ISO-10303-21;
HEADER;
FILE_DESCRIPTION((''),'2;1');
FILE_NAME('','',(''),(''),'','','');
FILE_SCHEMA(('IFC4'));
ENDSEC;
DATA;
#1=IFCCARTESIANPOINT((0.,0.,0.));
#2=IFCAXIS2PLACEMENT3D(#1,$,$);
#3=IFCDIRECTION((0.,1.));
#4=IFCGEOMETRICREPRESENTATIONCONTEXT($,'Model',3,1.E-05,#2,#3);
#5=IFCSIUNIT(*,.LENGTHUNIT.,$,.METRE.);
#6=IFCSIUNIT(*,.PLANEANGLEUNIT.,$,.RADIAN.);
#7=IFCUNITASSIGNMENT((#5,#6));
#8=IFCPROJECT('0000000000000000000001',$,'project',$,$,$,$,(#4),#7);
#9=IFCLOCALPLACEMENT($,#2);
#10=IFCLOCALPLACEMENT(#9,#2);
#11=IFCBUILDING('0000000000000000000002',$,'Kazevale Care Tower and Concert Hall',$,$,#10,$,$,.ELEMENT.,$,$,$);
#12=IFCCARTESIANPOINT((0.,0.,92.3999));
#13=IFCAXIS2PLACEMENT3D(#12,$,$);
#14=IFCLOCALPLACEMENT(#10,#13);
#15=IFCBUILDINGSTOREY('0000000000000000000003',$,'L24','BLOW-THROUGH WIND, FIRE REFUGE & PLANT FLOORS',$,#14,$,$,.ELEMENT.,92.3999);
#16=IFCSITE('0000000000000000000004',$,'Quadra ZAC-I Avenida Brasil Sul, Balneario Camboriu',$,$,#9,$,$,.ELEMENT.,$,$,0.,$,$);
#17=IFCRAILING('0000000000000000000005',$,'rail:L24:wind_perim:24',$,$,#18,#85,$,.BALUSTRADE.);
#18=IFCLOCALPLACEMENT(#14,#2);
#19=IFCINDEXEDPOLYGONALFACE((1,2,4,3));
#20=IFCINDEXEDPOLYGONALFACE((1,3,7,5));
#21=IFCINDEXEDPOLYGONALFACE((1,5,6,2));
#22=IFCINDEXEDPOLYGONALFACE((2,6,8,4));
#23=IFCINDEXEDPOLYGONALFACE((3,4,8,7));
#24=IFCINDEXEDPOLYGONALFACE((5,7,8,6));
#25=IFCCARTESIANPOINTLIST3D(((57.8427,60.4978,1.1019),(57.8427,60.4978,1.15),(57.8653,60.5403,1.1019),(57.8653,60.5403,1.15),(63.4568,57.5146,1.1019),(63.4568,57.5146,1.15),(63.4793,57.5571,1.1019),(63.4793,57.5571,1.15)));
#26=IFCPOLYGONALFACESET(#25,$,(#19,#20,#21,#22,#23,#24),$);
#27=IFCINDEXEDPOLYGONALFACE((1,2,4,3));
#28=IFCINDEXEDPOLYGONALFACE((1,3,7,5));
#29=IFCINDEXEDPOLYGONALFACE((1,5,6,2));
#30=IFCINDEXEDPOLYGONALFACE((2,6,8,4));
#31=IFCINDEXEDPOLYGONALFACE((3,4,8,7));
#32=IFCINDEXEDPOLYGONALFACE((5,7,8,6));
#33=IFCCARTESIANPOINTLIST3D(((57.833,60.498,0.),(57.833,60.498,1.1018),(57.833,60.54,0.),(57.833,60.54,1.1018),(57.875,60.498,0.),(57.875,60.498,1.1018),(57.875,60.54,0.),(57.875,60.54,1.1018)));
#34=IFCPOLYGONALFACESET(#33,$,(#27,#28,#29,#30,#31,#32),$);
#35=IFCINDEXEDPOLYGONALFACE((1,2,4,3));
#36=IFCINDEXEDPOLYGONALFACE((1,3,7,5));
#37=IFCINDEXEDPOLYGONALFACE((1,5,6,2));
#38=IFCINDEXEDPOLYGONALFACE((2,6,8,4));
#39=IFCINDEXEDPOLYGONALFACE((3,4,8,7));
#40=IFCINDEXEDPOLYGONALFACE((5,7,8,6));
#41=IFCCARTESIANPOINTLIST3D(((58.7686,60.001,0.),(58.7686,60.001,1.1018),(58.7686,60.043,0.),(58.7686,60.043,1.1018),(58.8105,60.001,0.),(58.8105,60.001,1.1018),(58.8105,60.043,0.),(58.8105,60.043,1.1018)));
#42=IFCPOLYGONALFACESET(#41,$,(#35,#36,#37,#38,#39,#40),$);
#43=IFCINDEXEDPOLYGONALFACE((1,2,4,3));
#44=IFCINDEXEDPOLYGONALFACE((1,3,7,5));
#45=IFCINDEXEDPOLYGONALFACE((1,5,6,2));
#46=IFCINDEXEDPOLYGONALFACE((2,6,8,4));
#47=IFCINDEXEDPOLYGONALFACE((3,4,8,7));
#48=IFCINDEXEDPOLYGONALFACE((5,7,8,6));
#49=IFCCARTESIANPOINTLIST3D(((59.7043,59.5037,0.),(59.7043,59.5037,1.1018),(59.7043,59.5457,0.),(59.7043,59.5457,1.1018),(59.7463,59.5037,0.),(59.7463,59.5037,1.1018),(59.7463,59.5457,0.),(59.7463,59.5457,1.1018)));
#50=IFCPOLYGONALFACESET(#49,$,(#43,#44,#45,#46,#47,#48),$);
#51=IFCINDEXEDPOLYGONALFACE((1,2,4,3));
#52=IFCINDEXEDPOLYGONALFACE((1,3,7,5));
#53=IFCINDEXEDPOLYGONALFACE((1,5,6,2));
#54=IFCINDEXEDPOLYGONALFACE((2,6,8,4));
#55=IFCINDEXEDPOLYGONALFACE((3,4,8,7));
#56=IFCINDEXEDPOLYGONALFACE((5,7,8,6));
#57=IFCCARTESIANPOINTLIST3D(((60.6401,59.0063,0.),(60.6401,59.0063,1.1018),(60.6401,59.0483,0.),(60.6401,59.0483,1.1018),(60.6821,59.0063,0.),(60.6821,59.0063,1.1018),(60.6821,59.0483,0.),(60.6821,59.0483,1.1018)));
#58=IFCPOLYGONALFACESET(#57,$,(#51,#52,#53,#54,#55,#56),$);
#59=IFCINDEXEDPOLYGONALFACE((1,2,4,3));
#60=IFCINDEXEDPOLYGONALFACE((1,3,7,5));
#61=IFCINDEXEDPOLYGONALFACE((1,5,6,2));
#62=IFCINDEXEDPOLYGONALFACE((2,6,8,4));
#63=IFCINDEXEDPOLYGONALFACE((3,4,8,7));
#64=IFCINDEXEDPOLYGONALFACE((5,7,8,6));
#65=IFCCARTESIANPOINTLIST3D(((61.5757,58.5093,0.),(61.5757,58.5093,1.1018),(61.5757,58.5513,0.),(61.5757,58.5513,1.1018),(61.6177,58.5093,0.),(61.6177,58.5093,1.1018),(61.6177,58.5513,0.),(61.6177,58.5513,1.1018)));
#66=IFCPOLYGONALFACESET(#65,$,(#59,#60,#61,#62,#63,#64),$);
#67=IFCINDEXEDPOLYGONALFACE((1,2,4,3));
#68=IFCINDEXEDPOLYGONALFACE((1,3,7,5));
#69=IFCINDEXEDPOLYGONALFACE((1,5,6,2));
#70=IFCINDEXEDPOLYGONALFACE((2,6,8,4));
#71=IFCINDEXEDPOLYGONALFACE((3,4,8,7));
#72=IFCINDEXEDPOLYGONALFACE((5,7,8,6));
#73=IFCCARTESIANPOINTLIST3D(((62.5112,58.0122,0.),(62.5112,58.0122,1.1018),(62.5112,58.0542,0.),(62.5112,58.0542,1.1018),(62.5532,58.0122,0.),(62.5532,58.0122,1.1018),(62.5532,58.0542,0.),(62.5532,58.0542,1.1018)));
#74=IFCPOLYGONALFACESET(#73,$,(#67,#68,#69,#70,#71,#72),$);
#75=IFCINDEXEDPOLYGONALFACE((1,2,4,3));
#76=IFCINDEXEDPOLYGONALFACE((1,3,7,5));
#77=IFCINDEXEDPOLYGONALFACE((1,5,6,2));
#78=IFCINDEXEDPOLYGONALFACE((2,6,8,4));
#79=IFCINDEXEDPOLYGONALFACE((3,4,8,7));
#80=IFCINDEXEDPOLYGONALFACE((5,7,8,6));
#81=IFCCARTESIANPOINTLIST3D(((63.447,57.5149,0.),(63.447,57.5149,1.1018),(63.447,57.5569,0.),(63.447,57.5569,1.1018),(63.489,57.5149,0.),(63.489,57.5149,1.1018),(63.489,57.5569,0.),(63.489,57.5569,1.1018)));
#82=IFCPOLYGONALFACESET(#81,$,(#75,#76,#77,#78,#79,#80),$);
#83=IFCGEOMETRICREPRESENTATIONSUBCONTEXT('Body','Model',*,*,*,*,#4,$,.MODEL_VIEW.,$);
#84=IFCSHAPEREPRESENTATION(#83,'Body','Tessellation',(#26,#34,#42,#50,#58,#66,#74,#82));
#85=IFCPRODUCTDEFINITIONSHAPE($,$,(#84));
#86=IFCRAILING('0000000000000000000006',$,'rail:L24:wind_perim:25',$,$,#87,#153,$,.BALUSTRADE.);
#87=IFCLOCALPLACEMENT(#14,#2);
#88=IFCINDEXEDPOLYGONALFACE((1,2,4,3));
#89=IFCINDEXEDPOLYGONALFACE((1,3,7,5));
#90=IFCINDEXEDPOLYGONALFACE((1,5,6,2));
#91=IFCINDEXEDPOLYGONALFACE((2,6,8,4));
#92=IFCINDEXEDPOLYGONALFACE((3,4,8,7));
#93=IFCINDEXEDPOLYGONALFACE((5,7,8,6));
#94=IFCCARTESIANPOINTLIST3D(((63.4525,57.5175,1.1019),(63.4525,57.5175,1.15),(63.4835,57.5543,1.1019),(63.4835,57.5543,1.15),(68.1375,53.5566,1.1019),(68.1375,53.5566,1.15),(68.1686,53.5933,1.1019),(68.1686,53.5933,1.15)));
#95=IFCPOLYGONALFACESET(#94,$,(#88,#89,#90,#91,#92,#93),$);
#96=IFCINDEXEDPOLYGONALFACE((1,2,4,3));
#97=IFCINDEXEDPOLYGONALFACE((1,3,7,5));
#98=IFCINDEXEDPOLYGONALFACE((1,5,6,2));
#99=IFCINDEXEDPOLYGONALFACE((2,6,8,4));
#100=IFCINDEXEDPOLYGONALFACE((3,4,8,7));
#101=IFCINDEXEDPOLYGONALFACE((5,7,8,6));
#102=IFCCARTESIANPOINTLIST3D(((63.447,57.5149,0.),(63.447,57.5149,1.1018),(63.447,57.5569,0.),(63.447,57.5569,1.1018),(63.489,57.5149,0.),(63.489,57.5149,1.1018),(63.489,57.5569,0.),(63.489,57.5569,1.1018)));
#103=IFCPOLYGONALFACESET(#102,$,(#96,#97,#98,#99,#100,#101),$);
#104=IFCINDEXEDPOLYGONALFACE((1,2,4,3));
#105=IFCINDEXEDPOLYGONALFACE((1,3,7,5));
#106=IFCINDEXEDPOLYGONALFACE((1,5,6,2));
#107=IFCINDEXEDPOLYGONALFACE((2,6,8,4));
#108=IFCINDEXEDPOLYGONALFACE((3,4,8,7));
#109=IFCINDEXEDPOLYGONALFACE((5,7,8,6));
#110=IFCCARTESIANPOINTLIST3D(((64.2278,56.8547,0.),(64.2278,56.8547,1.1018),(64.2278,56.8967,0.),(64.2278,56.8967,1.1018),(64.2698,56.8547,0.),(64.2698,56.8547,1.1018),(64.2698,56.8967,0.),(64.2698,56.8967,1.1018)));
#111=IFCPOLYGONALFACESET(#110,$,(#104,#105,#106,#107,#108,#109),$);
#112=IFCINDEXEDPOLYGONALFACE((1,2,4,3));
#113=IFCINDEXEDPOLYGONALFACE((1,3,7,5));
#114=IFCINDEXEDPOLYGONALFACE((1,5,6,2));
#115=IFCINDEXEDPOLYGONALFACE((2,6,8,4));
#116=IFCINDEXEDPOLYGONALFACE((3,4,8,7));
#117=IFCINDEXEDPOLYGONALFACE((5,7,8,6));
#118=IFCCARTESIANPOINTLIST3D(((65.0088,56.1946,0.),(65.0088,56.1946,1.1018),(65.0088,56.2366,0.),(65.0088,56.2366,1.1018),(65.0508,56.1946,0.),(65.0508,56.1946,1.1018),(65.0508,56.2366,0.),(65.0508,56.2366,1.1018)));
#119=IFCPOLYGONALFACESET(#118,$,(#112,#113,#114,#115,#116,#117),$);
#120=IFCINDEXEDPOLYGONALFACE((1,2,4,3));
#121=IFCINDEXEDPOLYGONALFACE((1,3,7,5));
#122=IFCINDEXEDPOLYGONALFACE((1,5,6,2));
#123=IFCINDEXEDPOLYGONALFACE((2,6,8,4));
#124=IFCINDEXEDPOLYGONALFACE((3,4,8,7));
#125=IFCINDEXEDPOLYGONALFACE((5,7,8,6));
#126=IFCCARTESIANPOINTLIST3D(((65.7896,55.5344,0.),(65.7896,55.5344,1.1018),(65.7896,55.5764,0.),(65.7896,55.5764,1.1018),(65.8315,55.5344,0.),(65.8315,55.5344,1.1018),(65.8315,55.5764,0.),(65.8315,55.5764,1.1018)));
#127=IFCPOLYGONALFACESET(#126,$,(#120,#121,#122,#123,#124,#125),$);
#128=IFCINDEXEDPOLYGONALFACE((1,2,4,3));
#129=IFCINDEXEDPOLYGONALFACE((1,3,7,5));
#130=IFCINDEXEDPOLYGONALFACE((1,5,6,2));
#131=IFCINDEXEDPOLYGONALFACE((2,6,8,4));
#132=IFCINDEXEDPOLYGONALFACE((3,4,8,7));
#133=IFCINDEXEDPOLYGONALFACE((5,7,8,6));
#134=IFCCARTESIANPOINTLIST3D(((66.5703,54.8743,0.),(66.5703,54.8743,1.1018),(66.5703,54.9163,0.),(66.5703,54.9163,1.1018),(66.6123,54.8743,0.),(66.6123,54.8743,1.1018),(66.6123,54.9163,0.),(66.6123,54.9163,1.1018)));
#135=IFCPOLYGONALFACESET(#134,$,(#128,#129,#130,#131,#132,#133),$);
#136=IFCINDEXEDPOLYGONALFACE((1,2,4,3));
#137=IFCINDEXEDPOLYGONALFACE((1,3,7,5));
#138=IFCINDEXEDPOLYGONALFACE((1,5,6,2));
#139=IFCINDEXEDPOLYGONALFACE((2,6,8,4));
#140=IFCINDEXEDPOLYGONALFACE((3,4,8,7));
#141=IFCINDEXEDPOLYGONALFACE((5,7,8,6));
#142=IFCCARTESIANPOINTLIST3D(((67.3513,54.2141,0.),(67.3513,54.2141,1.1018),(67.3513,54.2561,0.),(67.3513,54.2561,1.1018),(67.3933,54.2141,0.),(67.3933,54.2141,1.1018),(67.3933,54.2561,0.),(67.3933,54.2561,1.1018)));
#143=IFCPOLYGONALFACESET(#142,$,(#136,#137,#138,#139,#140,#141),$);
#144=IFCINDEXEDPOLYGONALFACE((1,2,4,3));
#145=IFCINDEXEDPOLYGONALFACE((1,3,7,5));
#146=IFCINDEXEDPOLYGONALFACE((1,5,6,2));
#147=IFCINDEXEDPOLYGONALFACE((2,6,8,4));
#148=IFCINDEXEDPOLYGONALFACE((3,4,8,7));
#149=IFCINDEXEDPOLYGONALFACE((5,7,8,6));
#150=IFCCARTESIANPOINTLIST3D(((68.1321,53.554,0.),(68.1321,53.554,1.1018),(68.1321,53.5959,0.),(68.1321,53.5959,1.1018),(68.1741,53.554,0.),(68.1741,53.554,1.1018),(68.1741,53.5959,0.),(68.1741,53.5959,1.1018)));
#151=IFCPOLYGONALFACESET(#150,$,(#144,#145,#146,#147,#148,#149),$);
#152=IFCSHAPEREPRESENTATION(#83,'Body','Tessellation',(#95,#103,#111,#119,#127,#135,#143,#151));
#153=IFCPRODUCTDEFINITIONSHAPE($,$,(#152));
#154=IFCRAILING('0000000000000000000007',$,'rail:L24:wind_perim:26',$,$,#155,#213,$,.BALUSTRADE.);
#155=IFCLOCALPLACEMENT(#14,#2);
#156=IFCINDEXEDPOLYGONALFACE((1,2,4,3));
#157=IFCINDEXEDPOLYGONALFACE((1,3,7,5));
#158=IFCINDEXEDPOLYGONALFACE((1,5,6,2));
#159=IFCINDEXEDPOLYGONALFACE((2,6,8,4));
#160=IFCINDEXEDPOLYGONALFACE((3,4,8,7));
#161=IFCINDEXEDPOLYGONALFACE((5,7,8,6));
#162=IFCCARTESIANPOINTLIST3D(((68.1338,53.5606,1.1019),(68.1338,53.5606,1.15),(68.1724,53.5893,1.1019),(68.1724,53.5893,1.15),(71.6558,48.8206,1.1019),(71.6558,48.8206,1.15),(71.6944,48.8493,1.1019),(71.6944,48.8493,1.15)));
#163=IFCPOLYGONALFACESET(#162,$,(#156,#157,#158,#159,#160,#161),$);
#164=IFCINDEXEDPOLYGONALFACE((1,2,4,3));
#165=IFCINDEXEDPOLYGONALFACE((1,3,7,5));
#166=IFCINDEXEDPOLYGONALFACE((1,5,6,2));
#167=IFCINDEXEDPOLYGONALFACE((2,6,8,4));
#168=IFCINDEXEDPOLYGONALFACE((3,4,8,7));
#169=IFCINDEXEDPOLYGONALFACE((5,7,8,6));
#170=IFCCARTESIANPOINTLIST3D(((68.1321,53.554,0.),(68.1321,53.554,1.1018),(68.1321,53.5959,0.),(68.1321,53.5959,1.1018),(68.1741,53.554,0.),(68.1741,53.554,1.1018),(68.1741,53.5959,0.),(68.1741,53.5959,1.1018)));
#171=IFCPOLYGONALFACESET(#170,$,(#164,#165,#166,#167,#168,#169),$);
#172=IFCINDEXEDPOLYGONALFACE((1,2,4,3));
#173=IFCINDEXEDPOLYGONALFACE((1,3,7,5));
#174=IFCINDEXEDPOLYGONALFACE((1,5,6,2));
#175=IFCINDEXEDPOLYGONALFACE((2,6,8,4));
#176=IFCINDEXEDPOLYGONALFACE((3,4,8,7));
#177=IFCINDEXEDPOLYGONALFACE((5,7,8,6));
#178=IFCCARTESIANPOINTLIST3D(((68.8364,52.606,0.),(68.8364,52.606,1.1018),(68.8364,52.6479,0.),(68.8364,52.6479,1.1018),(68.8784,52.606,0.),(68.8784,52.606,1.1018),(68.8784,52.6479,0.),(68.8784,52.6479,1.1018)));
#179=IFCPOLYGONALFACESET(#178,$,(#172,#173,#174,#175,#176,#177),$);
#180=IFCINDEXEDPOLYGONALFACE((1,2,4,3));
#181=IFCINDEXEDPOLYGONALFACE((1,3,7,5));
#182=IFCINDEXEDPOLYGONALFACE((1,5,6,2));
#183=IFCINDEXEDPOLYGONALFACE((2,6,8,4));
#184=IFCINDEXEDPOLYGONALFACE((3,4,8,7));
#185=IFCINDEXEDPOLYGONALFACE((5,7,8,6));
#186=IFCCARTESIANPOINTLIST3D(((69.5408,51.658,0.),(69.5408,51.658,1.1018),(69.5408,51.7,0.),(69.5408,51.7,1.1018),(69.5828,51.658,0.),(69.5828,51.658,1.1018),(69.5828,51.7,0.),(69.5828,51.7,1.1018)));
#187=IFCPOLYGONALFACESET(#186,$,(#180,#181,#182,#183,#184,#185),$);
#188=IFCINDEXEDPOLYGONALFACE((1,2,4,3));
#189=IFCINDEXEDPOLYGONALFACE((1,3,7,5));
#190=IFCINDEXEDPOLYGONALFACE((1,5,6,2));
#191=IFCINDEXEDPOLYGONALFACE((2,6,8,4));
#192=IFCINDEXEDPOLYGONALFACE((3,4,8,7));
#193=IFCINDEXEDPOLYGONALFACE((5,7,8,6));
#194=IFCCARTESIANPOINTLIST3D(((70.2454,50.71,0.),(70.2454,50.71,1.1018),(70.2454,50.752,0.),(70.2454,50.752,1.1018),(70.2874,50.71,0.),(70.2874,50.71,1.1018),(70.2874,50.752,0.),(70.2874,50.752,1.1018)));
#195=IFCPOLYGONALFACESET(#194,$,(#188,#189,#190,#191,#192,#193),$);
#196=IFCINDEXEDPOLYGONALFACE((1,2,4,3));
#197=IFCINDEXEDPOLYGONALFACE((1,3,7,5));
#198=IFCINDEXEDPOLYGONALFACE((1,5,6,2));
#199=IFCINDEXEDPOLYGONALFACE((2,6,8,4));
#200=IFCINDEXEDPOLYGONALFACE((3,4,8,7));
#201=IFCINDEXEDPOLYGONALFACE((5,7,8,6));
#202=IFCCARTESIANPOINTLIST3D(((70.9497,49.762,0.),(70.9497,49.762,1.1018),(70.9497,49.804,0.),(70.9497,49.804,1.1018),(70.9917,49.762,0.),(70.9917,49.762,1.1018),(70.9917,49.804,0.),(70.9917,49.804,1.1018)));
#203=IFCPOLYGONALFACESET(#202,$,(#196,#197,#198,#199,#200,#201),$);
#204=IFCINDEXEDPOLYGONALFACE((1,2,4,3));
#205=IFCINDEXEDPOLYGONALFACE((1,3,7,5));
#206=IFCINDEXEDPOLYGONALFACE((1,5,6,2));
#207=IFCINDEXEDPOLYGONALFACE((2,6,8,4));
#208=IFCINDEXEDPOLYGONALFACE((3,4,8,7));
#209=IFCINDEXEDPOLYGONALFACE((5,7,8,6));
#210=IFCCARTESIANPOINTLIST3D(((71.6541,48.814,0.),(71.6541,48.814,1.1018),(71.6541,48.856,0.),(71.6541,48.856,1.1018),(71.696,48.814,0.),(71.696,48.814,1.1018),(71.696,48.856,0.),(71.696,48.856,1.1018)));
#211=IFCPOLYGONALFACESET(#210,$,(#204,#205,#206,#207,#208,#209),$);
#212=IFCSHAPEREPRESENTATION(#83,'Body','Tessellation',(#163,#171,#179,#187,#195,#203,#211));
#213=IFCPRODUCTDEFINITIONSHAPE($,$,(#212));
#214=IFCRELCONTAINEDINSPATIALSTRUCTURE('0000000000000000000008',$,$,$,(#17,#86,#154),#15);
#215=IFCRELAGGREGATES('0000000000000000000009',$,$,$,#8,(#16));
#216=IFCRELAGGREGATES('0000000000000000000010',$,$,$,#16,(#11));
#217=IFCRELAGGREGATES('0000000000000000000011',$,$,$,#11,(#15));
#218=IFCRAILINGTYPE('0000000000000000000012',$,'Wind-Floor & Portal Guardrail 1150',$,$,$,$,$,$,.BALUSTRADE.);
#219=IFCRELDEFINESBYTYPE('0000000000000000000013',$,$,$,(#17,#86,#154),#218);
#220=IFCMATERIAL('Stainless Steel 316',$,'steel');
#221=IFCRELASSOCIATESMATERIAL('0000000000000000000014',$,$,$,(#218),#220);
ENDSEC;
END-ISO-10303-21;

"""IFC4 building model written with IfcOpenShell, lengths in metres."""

from ifc_helpers import new_model, si_unit, direction, frame, origin, origin_2d, place, context, subcontext, project, spatial, rectangle, extrude, material, type_object, element, save


model = new_model("IFC4")

# Units and contexts
model_context = context("Model", 3, precision=1e-05, world=origin(), true_north=direction((0.0, 1.0)))
body_context = subcontext(model_context, "Body", "Model", "MODEL_VIEW")
ifc_project = project(units=[si_unit("LENGTHUNIT", "METRE"), si_unit("PLANEANGLEUNIT", "RADIAN")], contexts=[model_context])

# Site, building, storey
site_placement = place(None, origin())
site = spatial("IfcSite", under=ifc_project, at=site_placement, Name="Quadra ZAC-I Avenida Brasil Sul, Balneario Camboriu", CompositionType="ELEMENT", RefElevation=0.0)
building_placement = place(site_placement, origin())
building = spatial("IfcBuilding", under=site, at=building_placement, Name="Kazevale Care Tower and Concert Hall", CompositionType="ELEMENT")
storey_placement = place(building_placement, frame((0.0, 0.0, 92.3999)))
storey = spatial("IfcBuildingStorey", under=building, at=storey_placement, Name="L24", Description="BLOW-THROUGH WIND, FIRE REFUGE & PLANT FLOORS", CompositionType="ELEMENT", Elevation=92.3999)

# Railings
ifc_material_1 = material(Name="Stainless Steel 316", Category="steel")
railing_type = type_object("IfcRailingType", Name="Wind-Floor & Portal Guardrail 1150", PredefinedType="BALUSTRADE", material=ifc_material_1)
railing_1_placement = place(storey_placement, frame((57.854, 60.519, 0.0)))
element("IfcRailing", 1, at=railing_1_placement, inside=storey, type_object=railing_type, Name="rail:L24:wind_perim:24", PredefinedType="BALUSTRADE", context=body_context, shape_type="SweptSolid", body=[
    extrude(rectangle(XDim=0.0481, YDim=0.0481, at=origin_2d()), frame((0.0, 0.0, 1.126), z_axis=(0.883069, -0.469242, 0.0), x_axis=(0.469242, 0.883069, 0.0)), (0.0, 0.0, 1.0), 6.3574),
    extrude(rectangle(XDim=0.042, YDim=0.042, at=origin_2d()), origin(), (0.0, 0.0, 1.0), 1.1018),
    extrude(rectangle(XDim=0.042, YDim=0.042, at=origin_2d()), frame((0.9355, -0.4971, 0.0)), (0.0, 0.0, 1.0), 1.1018),
    extrude(rectangle(XDim=0.042, YDim=0.042, at=origin_2d()), frame((1.8713, -0.9944, 0.0)), (0.0, 0.0, 1.0), 1.1018),
    extrude(rectangle(XDim=0.042, YDim=0.042, at=origin_2d()), frame((2.8071, -1.4917, 0.0)), (0.0, 0.0, 1.0), 1.1018),
    extrude(rectangle(XDim=0.042, YDim=0.042, at=origin_2d()), frame((3.7427, -1.9888, 0.0)), (0.0, 0.0, 1.0), 1.1018),
    extrude(rectangle(XDim=0.042, YDim=0.042, at=origin_2d()), frame((4.6782, -2.4858, 0.0)), (0.0, 0.0, 1.0), 1.1018),
    extrude(rectangle(XDim=0.042, YDim=0.042, at=origin_2d()), frame((5.614, -2.9832, 0.0)), (0.0, 0.0, 1.0), 1.1018),
])
railing_2_placement = place(storey_placement, frame((63.468, 57.5359, 0.0)))
element("IfcRailing", 2, at=railing_2_placement, inside=storey, type_object=railing_type, Name="rail:L24:wind_perim:25", PredefinedType="BALUSTRADE", context=body_context, shape_type="SweptSolid", body=[
    extrude(rectangle(XDim=0.0481, YDim=0.0481, at=origin_2d()), frame((0.0, 0.0, 1.126), z_axis=(0.763655, -0.645625, 0.0), x_axis=(0.645625, 0.763655, 0.0)), (0.0, 0.0, 1.0), 6.135),
    extrude(rectangle(XDim=0.042, YDim=0.042, at=origin_2d()), origin(), (0.0, 0.0, 1.0), 1.1018),
    extrude(rectangle(XDim=0.042, YDim=0.042, at=origin_2d()), frame((0.7808, -0.6602, 0.0)), (0.0, 0.0, 1.0), 1.1018),
    extrude(rectangle(XDim=0.042, YDim=0.042, at=origin_2d()), frame((1.5618, -1.3203, 0.0)), (0.0, 0.0, 1.0), 1.1018),
    extrude(rectangle(XDim=0.042, YDim=0.042, at=origin_2d()), frame((2.3425, -1.9805, 0.0)), (0.0, 0.0, 1.0), 1.1018),
    extrude(rectangle(XDim=0.042, YDim=0.042, at=origin_2d()), frame((3.1233, -2.6406, 0.0)), (0.0, 0.0, 1.0), 1.1018),
    extrude(rectangle(XDim=0.042, YDim=0.042, at=origin_2d()), frame((3.9043, -3.3008, 0.0)), (0.0, 0.0, 1.0), 1.1018),
    extrude(rectangle(XDim=0.042, YDim=0.042, at=origin_2d()), frame((4.6851, -3.9609, 0.0)), (0.0, 0.0, 1.0), 1.1018),
])
railing_3_placement = place(storey_placement, frame((68.1531, 53.575, 0.0)))
element("IfcRailing", 3, at=railing_3_placement, inside=storey, type_object=railing_type, Name="rail:L24:wind_perim:26", PredefinedType="BALUSTRADE", context=body_context, shape_type="SweptSolid", body=[
    extrude(rectangle(XDim=0.0481, YDim=0.0481, at=origin_2d()), frame((0.0, 0.0, 1.126), z_axis=(0.596415, -0.802676, 0.0), x_axis=(0.802676, 0.596415, 0.0)), (0.0, 0.0, 1.0), 5.9053),
    extrude(rectangle(XDim=0.042, YDim=0.042, at=origin_2d()), origin(), (0.0, 0.0, 1.0), 1.1018),
    extrude(rectangle(XDim=0.042, YDim=0.042, at=origin_2d()), frame((0.7043, -0.948, 0.0)), (0.0, 0.0, 1.0), 1.1018),
    extrude(rectangle(XDim=0.042, YDim=0.042, at=origin_2d()), frame((1.4087, -1.896, 0.0)), (0.0, 0.0, 1.0), 1.1018),
    extrude(rectangle(XDim=0.042, YDim=0.042, at=origin_2d()), frame((2.1133, -2.844, 0.0)), (0.0, 0.0, 1.0), 1.1018),
    extrude(rectangle(XDim=0.042, YDim=0.042, at=origin_2d()), frame((2.8176, -3.792, 0.0)), (0.0, 0.0, 1.0), 1.1018),
    extrude(rectangle(XDim=0.042, YDim=0.042, at=origin_2d()), frame((3.522, -4.74, 0.0)), (0.0, 0.0, 1.0), 1.1018),
])

save(model, "model.ifc")
